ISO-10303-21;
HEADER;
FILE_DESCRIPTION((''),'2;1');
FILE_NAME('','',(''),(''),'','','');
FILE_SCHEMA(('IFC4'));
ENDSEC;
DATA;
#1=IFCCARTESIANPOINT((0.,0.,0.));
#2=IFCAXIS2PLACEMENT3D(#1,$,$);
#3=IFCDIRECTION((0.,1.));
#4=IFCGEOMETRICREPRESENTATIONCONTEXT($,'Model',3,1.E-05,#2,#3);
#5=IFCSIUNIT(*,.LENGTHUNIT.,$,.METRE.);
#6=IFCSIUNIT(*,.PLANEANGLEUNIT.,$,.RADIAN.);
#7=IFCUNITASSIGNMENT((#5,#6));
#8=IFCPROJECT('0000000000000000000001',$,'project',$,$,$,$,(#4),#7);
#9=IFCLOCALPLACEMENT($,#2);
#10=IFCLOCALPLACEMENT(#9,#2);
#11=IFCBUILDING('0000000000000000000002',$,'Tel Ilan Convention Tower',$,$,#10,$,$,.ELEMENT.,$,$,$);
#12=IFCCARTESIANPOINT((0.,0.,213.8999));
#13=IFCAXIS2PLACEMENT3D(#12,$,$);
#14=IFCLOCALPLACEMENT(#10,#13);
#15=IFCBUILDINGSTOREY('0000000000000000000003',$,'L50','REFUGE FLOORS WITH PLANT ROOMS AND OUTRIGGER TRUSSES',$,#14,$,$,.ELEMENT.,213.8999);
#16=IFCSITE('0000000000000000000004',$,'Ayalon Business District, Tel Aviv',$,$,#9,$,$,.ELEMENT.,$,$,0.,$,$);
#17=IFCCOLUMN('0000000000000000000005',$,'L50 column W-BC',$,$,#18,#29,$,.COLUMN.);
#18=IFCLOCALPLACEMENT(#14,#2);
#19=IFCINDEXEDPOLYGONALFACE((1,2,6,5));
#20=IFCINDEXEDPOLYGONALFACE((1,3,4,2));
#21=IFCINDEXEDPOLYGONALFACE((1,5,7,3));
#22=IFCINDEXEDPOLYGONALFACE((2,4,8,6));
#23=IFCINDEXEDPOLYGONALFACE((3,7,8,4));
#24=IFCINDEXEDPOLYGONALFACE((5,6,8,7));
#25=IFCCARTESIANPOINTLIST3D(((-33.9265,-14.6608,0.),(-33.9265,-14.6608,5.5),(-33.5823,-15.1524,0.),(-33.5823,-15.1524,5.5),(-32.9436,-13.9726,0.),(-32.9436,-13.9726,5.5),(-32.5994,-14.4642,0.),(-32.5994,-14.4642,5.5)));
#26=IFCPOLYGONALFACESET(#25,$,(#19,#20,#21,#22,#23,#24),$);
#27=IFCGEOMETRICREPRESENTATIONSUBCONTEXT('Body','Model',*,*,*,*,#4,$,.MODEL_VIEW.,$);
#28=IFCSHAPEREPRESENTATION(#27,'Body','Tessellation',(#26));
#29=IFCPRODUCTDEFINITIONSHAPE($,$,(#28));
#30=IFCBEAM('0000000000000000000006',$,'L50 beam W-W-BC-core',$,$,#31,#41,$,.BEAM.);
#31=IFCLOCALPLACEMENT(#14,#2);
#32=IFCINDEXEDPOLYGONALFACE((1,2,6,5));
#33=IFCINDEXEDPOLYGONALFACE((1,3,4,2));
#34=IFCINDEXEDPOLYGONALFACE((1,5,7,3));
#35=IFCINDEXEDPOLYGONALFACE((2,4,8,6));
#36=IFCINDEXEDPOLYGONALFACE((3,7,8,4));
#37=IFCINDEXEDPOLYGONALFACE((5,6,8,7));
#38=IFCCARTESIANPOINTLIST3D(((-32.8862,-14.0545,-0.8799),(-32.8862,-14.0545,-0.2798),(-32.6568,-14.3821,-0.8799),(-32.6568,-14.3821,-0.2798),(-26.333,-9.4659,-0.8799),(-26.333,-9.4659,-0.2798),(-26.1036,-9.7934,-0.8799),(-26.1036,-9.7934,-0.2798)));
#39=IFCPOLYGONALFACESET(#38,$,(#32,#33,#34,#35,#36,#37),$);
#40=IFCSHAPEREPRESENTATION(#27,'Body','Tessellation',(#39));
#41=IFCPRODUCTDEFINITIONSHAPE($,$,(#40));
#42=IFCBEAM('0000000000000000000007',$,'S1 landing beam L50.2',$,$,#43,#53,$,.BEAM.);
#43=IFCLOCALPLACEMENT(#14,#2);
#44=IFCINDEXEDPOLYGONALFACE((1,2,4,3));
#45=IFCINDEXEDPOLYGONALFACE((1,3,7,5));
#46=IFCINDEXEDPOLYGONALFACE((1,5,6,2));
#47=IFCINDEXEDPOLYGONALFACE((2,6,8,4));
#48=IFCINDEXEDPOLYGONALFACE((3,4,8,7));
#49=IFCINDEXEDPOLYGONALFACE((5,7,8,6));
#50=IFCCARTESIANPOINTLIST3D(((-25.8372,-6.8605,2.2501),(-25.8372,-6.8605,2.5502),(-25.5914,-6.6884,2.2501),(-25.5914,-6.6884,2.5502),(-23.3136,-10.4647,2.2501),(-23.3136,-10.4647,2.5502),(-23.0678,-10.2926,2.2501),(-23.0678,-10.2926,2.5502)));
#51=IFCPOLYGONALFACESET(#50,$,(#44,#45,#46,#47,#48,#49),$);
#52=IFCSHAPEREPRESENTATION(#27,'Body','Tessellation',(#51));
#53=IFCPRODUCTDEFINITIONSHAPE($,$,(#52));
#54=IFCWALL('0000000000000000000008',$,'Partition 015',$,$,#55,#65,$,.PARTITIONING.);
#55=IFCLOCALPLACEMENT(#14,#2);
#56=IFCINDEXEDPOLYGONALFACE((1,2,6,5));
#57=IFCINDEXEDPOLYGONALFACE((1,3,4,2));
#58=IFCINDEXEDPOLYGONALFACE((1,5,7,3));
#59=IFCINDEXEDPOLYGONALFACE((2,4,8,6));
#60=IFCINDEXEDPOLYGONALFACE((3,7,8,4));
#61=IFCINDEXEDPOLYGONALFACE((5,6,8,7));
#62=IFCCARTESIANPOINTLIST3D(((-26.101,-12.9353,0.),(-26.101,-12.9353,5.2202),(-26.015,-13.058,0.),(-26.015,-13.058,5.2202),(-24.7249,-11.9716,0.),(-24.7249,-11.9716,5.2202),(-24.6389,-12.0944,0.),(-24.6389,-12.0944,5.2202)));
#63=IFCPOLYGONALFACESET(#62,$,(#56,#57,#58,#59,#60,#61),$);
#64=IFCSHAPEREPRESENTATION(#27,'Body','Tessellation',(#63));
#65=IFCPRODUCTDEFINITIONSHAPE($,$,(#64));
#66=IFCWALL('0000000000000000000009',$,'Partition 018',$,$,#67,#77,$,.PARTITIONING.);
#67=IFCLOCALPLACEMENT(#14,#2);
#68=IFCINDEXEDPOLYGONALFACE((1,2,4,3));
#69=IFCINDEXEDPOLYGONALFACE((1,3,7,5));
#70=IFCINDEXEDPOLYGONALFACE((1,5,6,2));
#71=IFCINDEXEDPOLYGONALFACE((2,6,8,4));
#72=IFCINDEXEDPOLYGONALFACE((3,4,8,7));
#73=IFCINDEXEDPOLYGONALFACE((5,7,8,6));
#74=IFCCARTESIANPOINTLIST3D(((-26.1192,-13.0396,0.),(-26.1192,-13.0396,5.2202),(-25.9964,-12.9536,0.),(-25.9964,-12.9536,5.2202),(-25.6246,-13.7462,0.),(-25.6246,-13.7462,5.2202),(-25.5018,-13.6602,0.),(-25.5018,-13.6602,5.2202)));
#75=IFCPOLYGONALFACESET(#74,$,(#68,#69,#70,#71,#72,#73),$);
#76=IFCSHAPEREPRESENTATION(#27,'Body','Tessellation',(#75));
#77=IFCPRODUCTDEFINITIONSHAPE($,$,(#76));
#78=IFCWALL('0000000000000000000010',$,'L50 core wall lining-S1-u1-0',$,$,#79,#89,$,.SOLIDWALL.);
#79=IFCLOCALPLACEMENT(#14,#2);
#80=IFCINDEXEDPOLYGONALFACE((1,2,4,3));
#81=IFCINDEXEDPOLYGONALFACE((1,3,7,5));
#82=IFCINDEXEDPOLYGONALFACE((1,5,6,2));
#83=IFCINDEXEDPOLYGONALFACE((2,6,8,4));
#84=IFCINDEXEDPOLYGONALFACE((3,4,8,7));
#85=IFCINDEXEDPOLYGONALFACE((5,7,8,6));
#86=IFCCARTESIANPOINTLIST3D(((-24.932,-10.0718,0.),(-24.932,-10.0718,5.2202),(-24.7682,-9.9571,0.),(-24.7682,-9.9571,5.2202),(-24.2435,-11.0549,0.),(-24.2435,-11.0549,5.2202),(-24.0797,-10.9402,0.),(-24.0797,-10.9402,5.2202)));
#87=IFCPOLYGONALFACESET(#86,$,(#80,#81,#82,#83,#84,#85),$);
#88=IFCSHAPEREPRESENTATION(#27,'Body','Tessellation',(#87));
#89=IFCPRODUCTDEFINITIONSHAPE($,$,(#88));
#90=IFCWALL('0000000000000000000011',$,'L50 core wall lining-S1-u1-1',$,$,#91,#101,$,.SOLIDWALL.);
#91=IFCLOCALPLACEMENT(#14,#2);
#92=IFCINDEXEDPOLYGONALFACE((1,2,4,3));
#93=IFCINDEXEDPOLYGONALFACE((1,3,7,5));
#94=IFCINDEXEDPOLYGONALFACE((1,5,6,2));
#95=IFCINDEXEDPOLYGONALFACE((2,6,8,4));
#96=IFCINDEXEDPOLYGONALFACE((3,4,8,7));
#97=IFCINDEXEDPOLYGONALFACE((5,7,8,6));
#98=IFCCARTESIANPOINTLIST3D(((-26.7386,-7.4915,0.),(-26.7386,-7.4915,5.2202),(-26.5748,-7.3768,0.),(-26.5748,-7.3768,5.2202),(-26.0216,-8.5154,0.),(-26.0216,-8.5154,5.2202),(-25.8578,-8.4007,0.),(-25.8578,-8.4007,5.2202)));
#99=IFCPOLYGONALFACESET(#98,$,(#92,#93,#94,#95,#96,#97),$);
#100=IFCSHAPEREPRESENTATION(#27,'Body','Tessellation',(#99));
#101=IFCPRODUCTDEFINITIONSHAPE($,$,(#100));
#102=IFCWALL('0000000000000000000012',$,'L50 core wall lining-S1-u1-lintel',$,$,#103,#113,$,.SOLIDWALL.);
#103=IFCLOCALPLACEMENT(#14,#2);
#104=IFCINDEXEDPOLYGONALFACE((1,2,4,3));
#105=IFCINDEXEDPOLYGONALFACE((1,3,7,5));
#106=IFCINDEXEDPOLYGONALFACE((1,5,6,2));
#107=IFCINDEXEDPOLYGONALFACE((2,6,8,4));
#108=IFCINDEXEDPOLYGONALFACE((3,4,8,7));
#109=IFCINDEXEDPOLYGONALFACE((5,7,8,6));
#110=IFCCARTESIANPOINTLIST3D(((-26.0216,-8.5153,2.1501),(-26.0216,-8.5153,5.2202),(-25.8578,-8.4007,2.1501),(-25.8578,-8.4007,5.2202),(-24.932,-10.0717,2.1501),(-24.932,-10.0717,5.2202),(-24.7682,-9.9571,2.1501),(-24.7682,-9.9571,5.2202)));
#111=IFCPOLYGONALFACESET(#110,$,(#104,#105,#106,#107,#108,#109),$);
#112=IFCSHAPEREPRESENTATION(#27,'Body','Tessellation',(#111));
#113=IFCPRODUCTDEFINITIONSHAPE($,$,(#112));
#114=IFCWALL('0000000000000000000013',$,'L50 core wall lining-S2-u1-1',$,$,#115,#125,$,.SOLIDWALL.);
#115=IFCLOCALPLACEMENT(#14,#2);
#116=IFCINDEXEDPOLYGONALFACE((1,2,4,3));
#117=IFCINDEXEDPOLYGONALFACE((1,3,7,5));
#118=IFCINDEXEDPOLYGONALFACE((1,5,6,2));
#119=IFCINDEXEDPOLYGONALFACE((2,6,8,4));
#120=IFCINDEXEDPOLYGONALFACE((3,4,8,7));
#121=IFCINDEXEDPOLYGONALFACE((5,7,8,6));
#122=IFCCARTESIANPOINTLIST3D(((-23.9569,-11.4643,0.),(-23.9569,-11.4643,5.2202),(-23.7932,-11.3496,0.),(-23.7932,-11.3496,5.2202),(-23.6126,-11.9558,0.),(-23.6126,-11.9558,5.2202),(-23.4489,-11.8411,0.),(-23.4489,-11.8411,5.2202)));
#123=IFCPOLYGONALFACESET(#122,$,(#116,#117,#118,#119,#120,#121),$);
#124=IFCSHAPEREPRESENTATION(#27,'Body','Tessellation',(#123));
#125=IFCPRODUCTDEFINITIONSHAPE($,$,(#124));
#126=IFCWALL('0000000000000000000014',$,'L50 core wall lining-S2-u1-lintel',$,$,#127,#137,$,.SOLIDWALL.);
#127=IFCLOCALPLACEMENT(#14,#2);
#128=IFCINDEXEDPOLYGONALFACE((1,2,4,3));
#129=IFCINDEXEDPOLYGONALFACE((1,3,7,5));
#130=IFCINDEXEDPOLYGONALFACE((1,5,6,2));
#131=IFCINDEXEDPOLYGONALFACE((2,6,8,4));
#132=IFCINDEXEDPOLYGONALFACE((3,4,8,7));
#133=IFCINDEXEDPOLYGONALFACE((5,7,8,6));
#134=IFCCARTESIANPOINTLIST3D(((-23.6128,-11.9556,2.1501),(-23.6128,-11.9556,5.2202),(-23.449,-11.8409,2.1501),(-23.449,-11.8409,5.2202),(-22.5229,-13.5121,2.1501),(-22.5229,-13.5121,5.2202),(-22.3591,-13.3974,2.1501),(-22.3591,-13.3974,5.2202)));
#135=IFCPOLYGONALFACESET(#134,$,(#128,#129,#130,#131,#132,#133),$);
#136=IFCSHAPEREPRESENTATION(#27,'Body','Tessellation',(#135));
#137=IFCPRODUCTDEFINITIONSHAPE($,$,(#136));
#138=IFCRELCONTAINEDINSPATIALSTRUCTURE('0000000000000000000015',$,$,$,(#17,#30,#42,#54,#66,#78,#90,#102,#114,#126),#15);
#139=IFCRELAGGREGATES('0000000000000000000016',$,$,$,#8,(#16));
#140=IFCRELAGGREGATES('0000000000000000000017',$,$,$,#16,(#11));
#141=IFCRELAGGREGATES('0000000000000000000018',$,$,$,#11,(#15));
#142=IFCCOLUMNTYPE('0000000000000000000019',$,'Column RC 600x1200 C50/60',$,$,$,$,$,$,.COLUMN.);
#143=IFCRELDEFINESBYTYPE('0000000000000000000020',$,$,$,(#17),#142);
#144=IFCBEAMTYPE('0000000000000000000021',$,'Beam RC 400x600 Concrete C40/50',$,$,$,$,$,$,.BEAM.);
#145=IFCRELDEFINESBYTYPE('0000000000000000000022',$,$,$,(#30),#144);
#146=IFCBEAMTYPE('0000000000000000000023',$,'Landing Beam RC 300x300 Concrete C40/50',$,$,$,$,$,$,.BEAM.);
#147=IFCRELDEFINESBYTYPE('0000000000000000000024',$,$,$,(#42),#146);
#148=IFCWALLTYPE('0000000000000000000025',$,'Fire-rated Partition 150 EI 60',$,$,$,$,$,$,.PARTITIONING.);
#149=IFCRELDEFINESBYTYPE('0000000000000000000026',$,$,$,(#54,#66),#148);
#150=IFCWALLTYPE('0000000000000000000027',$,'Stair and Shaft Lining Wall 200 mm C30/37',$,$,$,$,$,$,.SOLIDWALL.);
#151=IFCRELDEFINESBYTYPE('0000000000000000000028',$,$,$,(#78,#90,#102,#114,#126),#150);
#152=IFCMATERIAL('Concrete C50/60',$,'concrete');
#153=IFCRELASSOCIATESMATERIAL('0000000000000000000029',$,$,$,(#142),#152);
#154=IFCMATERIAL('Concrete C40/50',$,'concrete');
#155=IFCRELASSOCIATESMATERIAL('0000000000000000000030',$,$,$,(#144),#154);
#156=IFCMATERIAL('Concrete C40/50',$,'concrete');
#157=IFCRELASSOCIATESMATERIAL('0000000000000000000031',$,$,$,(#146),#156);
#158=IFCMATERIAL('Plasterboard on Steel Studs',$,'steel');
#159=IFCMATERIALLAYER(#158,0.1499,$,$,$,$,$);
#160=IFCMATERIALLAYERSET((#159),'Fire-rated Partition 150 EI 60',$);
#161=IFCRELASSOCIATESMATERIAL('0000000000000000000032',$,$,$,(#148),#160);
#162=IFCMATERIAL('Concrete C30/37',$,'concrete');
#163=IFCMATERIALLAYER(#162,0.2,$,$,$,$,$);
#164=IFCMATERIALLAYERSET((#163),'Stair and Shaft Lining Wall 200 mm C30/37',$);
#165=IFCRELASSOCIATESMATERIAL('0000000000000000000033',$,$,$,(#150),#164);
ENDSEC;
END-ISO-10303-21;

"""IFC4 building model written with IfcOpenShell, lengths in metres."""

from ifc_helpers import new_model, si_unit, direction, frame, frame_2d, origin, origin_2d, place, context, subcontext, project, spatial, rectangle, extrude, material, layer, layer_set, material_profile, profile_set, type_object, element, save


model = new_model("IFC4")

# Units and contexts
model_context = context("Model", 3, precision=1e-05, world=origin(), true_north=direction((0.0, 1.0)))
body_context = subcontext(model_context, "Body", "Model", "MODEL_VIEW")
ifc_project = project(units=[si_unit("LENGTHUNIT", "METRE"), si_unit("PLANEANGLEUNIT", "RADIAN")], contexts=[model_context])

# Site, building, storey
site_placement = place(None, origin())
site = spatial("IfcSite", under=ifc_project, at=site_placement, Name="Ayalon Business District, Tel Aviv", CompositionType="ELEMENT", RefElevation=0.0)
building_placement = place(site_placement, origin())
building = spatial("IfcBuilding", under=site, at=building_placement, Name="Tel Ilan Convention Tower", CompositionType="ELEMENT")
storey_placement = place(building_placement, frame((0.0, 0.0, 213.8999)))
storey = spatial("IfcBuildingStorey", under=building, at=storey_placement, Name="L50", Description="REFUGE FLOORS WITH PLANT ROOMS AND OUTRIGGER TRUSSES", CompositionType="ELEMENT", Elevation=213.8999)

# Column
ifc_material_1 = material(Name="Concrete C50/60", Category="concrete")
ifc_material_profile_1 = material_profile(ifc_material_1, rectangle(XDim=1.2, YDim=0.6001, at=origin_2d()), Name="RC 600x1200")
ifc_profile_set_1 = profile_set([ifc_material_profile_1], Name="Concrete C50/60")
column_type = type_object("IfcColumnType", Name="Column RC 600x1200 C50/60", PredefinedType="COLUMN", material=ifc_profile_set_1)
column_placement = place(storey_placement, frame((-33.2629, -14.5625, 0.0), z_axis=(0.0, 0.0, 1.0), x_axis=(-0.819152, -0.573576, 0.0)))
element("IfcColumn", 1, at=column_placement, inside=storey, type_object=column_type, Name="L50 column W-BC", PredefinedType="COLUMN", context=body_context, shape_type="SweptSolid", body=[
    extrude(rectangle(XDim=1.2, YDim=0.6001, at=origin_2d()), origin(), (0.0, 0.0, 1.0), 5.5),
])

# Beams
ifc_material_2 = material(Name="Concrete C40/50", Category="concrete")
ifc_material_profile_2 = material_profile(ifc_material_2, rectangle(XDim=0.3999, YDim=0.6001, at=origin_2d()), Name="RC 400x600")
ifc_profile_set_2 = profile_set([ifc_material_profile_2], Name="Concrete C40/50")
beam_type_1 = type_object("IfcBeamType", Name="Beam RC 400x600 Concrete C40/50", PredefinedType="BEAM", material=ifc_profile_set_2)
beam_1_placement = place(storey_placement, frame((-32.7715, -14.2183, -0.5798), z_axis=(0.819152, 0.573577, 0.0), x_axis=(-0.573577, 0.819152, 0.0)))
element("IfcBeam", 2, at=beam_1_placement, inside=storey, type_object=beam_type_1, Name="L50 beam W-W-BC-core", PredefinedType="BEAM", context=body_context, shape_type="SweptSolid", body=[
    extrude(rectangle(XDim=0.3999, YDim=0.6001, at=origin_2d()), origin(), (0.0, 0.0, 1.0), 8.0),
])
ifc_material_3 = material(Name="Concrete C40/50", Category="concrete")
ifc_material_profile_3 = material_profile(ifc_material_3, rectangle(XDim=0.3, YDim=0.3, at=origin_2d()), Name="RC 300x300")
ifc_profile_set_3 = profile_set([ifc_material_profile_3], Name="Concrete C40/50")
beam_type_2 = type_object("IfcBeamType", Name="Landing Beam RC 300x300 Concrete C40/50", PredefinedType="BEAM", material=ifc_profile_set_3)
beam_2_placement = place(storey_placement, frame((-23.1907, -10.3787, 2.4001), z_axis=(-0.57357, 0.819156, 0.0), x_axis=(-0.819156, -0.57357, 0.0)))
element("IfcBeam", 3, at=beam_2_placement, inside=storey, type_object=beam_type_2, Name="S1 landing beam L50.2", PredefinedType="BEAM", context=body_context, shape_type="SweptSolid", body=[
    extrude(rectangle(XDim=0.3, YDim=0.3, at=origin_2d()), origin(), (0.0, 0.0, 1.0), 4.3999),
])

# Walls
ifc_material_4 = material(Name="Plasterboard on Steel Studs", Category="steel")
ifc_layer_1 = layer(ifc_material_4, 0.1499)
ifc_layer_set_1 = layer_set([ifc_layer_1], Name="Fire-rated Partition 150 EI 60")
wall_type_1 = type_object("IfcWallType", Name="Fire-rated Partition 150 EI 60", PredefinedType="PARTITIONING", material=ifc_layer_set_1)
wall_1_placement = place(storey_placement, frame((-26.0579, -12.9966, 0.0), z_axis=(0.0, 0.0, 1.0), x_axis=(0.819109, 0.573638, 0.0)))
element("IfcWall", 4, at=wall_1_placement, inside=storey, type_object=wall_type_1, Name="Partition 015", PredefinedType="PARTITIONING", context=body_context, shape_type="SweptSolid", body=[
    extrude(rectangle(XDim=1.6799, YDim=0.1499, at=frame_2d((0.8398, 0.0))), origin(), (0.0, 0.0, 1.0), 5.2202),
])
wall_2_placement = place(storey_placement, frame((-25.5632, -13.7031, 0.0), z_axis=(0.0, 0.0, 1.0), x_axis=(-0.5735, 0.819205, 0.0)))
element("IfcWall", 5, at=wall_2_placement, inside=storey, type_object=wall_type_1, Name="Partition 018", PredefinedType="PARTITIONING", context=body_context, shape_type="SweptSolid", body=[
    extrude(rectangle(XDim=0.8625, YDim=0.1499, at=frame_2d((0.4312, 0.0))), origin(), (0.0, 0.0, 1.0), 5.2202),
])
ifc_material_5 = material(Name="Concrete C30/37", Category="concrete")
ifc_layer_2 = layer(ifc_material_5, 0.2)
ifc_layer_set_2 = layer_set([ifc_layer_2], Name="Stair and Shaft Lining Wall 200 mm C30/37")
wall_type_2 = type_object("IfcWallType", Name="Stair and Shaft Lining Wall 200 mm C30/37", PredefinedType="SOLIDWALL", material=ifc_layer_set_2)
wall_3_placement = place(storey_placement, frame((-24.1616, -10.9976, 0.0), z_axis=(0.0, 0.0, 1.0), x_axis=(-0.573613, 0.819127, 0.0)))
element("IfcWall", 6, at=wall_3_placement, inside=storey, type_object=wall_type_2, Name="L50 core wall lining-S1-u1-0", PredefinedType="SOLIDWALL", context=body_context, shape_type="SweptSolid", body=[
    extrude(rectangle(XDim=1.2002, YDim=0.2, at=frame_2d((0.6001, 0.0))), origin(), (0.0, 0.0, 1.0), 5.2202),
])
wall_4_placement = place(storey_placement, frame((-25.9397, -8.458, 0.0), z_axis=(0.0, 0.0, 1.0), x_axis=(-0.57362, 0.819122, 0.0)))
element("IfcWall", 7, at=wall_4_placement, inside=storey, type_object=wall_type_2, Name="L50 core wall lining-S1-u1-1", PredefinedType="SOLIDWALL", context=body_context, shape_type="SweptSolid", body=[
    extrude(rectangle(XDim=1.25, YDim=0.2, at=frame_2d((0.625, 0.0))), origin(), (0.0, 0.0, 1.0), 5.2202),
])
wall_5_placement = place(storey_placement, frame((-24.8501, -10.0144, 2.1501), z_axis=(0.0, 0.0, 1.0), x_axis=(-0.573505, 0.819202, 0.0)))
element("IfcWall", 8, at=wall_5_placement, inside=storey, type_object=wall_type_2, Name="L50 core wall lining-S1-u1-lintel", PredefinedType="SOLIDWALL", context=body_context, shape_type="SweptSolid", body=[
    extrude(rectangle(XDim=1.8999, YDim=0.2, at=frame_2d((0.95, 0.0))), origin(), (0.0, 0.0, 1.0), 3.0701),
])
wall_6_placement = place(storey_placement, frame((-23.5308, -11.8984, 0.0), z_axis=(0.0, 0.0, 1.0), x_axis=(-0.573708, 0.81906, 0.0)))
element("IfcWall", 9, at=wall_6_placement, inside=storey, type_object=wall_type_2, Name="L50 core wall lining-S2-u1-1", PredefinedType="SOLIDWALL", context=body_context, shape_type="SweptSolid", body=[
    extrude(rectangle(XDim=0.6001, YDim=0.2, at=frame_2d((0.3, 0.0))), origin(), (0.0, 0.0, 1.0), 5.2202),
])
wall_7_placement = place(storey_placement, frame((-22.4409, -13.4548, 2.1501), z_axis=(0.0, 0.0, 1.0), x_axis=(-0.573592, 0.819141, 0.0)))
element("IfcWall", 10, at=wall_7_placement, inside=storey, type_object=wall_type_2, Name="L50 core wall lining-S2-u1-lintel", PredefinedType="SOLIDWALL", context=body_context, shape_type="SweptSolid", body=[
    extrude(rectangle(XDim=1.9001, YDim=0.2, at=frame_2d((0.9502, 0.0))), origin(), (0.0, 0.0, 1.0), 3.0701),
])

save(model, "model.ifc")
